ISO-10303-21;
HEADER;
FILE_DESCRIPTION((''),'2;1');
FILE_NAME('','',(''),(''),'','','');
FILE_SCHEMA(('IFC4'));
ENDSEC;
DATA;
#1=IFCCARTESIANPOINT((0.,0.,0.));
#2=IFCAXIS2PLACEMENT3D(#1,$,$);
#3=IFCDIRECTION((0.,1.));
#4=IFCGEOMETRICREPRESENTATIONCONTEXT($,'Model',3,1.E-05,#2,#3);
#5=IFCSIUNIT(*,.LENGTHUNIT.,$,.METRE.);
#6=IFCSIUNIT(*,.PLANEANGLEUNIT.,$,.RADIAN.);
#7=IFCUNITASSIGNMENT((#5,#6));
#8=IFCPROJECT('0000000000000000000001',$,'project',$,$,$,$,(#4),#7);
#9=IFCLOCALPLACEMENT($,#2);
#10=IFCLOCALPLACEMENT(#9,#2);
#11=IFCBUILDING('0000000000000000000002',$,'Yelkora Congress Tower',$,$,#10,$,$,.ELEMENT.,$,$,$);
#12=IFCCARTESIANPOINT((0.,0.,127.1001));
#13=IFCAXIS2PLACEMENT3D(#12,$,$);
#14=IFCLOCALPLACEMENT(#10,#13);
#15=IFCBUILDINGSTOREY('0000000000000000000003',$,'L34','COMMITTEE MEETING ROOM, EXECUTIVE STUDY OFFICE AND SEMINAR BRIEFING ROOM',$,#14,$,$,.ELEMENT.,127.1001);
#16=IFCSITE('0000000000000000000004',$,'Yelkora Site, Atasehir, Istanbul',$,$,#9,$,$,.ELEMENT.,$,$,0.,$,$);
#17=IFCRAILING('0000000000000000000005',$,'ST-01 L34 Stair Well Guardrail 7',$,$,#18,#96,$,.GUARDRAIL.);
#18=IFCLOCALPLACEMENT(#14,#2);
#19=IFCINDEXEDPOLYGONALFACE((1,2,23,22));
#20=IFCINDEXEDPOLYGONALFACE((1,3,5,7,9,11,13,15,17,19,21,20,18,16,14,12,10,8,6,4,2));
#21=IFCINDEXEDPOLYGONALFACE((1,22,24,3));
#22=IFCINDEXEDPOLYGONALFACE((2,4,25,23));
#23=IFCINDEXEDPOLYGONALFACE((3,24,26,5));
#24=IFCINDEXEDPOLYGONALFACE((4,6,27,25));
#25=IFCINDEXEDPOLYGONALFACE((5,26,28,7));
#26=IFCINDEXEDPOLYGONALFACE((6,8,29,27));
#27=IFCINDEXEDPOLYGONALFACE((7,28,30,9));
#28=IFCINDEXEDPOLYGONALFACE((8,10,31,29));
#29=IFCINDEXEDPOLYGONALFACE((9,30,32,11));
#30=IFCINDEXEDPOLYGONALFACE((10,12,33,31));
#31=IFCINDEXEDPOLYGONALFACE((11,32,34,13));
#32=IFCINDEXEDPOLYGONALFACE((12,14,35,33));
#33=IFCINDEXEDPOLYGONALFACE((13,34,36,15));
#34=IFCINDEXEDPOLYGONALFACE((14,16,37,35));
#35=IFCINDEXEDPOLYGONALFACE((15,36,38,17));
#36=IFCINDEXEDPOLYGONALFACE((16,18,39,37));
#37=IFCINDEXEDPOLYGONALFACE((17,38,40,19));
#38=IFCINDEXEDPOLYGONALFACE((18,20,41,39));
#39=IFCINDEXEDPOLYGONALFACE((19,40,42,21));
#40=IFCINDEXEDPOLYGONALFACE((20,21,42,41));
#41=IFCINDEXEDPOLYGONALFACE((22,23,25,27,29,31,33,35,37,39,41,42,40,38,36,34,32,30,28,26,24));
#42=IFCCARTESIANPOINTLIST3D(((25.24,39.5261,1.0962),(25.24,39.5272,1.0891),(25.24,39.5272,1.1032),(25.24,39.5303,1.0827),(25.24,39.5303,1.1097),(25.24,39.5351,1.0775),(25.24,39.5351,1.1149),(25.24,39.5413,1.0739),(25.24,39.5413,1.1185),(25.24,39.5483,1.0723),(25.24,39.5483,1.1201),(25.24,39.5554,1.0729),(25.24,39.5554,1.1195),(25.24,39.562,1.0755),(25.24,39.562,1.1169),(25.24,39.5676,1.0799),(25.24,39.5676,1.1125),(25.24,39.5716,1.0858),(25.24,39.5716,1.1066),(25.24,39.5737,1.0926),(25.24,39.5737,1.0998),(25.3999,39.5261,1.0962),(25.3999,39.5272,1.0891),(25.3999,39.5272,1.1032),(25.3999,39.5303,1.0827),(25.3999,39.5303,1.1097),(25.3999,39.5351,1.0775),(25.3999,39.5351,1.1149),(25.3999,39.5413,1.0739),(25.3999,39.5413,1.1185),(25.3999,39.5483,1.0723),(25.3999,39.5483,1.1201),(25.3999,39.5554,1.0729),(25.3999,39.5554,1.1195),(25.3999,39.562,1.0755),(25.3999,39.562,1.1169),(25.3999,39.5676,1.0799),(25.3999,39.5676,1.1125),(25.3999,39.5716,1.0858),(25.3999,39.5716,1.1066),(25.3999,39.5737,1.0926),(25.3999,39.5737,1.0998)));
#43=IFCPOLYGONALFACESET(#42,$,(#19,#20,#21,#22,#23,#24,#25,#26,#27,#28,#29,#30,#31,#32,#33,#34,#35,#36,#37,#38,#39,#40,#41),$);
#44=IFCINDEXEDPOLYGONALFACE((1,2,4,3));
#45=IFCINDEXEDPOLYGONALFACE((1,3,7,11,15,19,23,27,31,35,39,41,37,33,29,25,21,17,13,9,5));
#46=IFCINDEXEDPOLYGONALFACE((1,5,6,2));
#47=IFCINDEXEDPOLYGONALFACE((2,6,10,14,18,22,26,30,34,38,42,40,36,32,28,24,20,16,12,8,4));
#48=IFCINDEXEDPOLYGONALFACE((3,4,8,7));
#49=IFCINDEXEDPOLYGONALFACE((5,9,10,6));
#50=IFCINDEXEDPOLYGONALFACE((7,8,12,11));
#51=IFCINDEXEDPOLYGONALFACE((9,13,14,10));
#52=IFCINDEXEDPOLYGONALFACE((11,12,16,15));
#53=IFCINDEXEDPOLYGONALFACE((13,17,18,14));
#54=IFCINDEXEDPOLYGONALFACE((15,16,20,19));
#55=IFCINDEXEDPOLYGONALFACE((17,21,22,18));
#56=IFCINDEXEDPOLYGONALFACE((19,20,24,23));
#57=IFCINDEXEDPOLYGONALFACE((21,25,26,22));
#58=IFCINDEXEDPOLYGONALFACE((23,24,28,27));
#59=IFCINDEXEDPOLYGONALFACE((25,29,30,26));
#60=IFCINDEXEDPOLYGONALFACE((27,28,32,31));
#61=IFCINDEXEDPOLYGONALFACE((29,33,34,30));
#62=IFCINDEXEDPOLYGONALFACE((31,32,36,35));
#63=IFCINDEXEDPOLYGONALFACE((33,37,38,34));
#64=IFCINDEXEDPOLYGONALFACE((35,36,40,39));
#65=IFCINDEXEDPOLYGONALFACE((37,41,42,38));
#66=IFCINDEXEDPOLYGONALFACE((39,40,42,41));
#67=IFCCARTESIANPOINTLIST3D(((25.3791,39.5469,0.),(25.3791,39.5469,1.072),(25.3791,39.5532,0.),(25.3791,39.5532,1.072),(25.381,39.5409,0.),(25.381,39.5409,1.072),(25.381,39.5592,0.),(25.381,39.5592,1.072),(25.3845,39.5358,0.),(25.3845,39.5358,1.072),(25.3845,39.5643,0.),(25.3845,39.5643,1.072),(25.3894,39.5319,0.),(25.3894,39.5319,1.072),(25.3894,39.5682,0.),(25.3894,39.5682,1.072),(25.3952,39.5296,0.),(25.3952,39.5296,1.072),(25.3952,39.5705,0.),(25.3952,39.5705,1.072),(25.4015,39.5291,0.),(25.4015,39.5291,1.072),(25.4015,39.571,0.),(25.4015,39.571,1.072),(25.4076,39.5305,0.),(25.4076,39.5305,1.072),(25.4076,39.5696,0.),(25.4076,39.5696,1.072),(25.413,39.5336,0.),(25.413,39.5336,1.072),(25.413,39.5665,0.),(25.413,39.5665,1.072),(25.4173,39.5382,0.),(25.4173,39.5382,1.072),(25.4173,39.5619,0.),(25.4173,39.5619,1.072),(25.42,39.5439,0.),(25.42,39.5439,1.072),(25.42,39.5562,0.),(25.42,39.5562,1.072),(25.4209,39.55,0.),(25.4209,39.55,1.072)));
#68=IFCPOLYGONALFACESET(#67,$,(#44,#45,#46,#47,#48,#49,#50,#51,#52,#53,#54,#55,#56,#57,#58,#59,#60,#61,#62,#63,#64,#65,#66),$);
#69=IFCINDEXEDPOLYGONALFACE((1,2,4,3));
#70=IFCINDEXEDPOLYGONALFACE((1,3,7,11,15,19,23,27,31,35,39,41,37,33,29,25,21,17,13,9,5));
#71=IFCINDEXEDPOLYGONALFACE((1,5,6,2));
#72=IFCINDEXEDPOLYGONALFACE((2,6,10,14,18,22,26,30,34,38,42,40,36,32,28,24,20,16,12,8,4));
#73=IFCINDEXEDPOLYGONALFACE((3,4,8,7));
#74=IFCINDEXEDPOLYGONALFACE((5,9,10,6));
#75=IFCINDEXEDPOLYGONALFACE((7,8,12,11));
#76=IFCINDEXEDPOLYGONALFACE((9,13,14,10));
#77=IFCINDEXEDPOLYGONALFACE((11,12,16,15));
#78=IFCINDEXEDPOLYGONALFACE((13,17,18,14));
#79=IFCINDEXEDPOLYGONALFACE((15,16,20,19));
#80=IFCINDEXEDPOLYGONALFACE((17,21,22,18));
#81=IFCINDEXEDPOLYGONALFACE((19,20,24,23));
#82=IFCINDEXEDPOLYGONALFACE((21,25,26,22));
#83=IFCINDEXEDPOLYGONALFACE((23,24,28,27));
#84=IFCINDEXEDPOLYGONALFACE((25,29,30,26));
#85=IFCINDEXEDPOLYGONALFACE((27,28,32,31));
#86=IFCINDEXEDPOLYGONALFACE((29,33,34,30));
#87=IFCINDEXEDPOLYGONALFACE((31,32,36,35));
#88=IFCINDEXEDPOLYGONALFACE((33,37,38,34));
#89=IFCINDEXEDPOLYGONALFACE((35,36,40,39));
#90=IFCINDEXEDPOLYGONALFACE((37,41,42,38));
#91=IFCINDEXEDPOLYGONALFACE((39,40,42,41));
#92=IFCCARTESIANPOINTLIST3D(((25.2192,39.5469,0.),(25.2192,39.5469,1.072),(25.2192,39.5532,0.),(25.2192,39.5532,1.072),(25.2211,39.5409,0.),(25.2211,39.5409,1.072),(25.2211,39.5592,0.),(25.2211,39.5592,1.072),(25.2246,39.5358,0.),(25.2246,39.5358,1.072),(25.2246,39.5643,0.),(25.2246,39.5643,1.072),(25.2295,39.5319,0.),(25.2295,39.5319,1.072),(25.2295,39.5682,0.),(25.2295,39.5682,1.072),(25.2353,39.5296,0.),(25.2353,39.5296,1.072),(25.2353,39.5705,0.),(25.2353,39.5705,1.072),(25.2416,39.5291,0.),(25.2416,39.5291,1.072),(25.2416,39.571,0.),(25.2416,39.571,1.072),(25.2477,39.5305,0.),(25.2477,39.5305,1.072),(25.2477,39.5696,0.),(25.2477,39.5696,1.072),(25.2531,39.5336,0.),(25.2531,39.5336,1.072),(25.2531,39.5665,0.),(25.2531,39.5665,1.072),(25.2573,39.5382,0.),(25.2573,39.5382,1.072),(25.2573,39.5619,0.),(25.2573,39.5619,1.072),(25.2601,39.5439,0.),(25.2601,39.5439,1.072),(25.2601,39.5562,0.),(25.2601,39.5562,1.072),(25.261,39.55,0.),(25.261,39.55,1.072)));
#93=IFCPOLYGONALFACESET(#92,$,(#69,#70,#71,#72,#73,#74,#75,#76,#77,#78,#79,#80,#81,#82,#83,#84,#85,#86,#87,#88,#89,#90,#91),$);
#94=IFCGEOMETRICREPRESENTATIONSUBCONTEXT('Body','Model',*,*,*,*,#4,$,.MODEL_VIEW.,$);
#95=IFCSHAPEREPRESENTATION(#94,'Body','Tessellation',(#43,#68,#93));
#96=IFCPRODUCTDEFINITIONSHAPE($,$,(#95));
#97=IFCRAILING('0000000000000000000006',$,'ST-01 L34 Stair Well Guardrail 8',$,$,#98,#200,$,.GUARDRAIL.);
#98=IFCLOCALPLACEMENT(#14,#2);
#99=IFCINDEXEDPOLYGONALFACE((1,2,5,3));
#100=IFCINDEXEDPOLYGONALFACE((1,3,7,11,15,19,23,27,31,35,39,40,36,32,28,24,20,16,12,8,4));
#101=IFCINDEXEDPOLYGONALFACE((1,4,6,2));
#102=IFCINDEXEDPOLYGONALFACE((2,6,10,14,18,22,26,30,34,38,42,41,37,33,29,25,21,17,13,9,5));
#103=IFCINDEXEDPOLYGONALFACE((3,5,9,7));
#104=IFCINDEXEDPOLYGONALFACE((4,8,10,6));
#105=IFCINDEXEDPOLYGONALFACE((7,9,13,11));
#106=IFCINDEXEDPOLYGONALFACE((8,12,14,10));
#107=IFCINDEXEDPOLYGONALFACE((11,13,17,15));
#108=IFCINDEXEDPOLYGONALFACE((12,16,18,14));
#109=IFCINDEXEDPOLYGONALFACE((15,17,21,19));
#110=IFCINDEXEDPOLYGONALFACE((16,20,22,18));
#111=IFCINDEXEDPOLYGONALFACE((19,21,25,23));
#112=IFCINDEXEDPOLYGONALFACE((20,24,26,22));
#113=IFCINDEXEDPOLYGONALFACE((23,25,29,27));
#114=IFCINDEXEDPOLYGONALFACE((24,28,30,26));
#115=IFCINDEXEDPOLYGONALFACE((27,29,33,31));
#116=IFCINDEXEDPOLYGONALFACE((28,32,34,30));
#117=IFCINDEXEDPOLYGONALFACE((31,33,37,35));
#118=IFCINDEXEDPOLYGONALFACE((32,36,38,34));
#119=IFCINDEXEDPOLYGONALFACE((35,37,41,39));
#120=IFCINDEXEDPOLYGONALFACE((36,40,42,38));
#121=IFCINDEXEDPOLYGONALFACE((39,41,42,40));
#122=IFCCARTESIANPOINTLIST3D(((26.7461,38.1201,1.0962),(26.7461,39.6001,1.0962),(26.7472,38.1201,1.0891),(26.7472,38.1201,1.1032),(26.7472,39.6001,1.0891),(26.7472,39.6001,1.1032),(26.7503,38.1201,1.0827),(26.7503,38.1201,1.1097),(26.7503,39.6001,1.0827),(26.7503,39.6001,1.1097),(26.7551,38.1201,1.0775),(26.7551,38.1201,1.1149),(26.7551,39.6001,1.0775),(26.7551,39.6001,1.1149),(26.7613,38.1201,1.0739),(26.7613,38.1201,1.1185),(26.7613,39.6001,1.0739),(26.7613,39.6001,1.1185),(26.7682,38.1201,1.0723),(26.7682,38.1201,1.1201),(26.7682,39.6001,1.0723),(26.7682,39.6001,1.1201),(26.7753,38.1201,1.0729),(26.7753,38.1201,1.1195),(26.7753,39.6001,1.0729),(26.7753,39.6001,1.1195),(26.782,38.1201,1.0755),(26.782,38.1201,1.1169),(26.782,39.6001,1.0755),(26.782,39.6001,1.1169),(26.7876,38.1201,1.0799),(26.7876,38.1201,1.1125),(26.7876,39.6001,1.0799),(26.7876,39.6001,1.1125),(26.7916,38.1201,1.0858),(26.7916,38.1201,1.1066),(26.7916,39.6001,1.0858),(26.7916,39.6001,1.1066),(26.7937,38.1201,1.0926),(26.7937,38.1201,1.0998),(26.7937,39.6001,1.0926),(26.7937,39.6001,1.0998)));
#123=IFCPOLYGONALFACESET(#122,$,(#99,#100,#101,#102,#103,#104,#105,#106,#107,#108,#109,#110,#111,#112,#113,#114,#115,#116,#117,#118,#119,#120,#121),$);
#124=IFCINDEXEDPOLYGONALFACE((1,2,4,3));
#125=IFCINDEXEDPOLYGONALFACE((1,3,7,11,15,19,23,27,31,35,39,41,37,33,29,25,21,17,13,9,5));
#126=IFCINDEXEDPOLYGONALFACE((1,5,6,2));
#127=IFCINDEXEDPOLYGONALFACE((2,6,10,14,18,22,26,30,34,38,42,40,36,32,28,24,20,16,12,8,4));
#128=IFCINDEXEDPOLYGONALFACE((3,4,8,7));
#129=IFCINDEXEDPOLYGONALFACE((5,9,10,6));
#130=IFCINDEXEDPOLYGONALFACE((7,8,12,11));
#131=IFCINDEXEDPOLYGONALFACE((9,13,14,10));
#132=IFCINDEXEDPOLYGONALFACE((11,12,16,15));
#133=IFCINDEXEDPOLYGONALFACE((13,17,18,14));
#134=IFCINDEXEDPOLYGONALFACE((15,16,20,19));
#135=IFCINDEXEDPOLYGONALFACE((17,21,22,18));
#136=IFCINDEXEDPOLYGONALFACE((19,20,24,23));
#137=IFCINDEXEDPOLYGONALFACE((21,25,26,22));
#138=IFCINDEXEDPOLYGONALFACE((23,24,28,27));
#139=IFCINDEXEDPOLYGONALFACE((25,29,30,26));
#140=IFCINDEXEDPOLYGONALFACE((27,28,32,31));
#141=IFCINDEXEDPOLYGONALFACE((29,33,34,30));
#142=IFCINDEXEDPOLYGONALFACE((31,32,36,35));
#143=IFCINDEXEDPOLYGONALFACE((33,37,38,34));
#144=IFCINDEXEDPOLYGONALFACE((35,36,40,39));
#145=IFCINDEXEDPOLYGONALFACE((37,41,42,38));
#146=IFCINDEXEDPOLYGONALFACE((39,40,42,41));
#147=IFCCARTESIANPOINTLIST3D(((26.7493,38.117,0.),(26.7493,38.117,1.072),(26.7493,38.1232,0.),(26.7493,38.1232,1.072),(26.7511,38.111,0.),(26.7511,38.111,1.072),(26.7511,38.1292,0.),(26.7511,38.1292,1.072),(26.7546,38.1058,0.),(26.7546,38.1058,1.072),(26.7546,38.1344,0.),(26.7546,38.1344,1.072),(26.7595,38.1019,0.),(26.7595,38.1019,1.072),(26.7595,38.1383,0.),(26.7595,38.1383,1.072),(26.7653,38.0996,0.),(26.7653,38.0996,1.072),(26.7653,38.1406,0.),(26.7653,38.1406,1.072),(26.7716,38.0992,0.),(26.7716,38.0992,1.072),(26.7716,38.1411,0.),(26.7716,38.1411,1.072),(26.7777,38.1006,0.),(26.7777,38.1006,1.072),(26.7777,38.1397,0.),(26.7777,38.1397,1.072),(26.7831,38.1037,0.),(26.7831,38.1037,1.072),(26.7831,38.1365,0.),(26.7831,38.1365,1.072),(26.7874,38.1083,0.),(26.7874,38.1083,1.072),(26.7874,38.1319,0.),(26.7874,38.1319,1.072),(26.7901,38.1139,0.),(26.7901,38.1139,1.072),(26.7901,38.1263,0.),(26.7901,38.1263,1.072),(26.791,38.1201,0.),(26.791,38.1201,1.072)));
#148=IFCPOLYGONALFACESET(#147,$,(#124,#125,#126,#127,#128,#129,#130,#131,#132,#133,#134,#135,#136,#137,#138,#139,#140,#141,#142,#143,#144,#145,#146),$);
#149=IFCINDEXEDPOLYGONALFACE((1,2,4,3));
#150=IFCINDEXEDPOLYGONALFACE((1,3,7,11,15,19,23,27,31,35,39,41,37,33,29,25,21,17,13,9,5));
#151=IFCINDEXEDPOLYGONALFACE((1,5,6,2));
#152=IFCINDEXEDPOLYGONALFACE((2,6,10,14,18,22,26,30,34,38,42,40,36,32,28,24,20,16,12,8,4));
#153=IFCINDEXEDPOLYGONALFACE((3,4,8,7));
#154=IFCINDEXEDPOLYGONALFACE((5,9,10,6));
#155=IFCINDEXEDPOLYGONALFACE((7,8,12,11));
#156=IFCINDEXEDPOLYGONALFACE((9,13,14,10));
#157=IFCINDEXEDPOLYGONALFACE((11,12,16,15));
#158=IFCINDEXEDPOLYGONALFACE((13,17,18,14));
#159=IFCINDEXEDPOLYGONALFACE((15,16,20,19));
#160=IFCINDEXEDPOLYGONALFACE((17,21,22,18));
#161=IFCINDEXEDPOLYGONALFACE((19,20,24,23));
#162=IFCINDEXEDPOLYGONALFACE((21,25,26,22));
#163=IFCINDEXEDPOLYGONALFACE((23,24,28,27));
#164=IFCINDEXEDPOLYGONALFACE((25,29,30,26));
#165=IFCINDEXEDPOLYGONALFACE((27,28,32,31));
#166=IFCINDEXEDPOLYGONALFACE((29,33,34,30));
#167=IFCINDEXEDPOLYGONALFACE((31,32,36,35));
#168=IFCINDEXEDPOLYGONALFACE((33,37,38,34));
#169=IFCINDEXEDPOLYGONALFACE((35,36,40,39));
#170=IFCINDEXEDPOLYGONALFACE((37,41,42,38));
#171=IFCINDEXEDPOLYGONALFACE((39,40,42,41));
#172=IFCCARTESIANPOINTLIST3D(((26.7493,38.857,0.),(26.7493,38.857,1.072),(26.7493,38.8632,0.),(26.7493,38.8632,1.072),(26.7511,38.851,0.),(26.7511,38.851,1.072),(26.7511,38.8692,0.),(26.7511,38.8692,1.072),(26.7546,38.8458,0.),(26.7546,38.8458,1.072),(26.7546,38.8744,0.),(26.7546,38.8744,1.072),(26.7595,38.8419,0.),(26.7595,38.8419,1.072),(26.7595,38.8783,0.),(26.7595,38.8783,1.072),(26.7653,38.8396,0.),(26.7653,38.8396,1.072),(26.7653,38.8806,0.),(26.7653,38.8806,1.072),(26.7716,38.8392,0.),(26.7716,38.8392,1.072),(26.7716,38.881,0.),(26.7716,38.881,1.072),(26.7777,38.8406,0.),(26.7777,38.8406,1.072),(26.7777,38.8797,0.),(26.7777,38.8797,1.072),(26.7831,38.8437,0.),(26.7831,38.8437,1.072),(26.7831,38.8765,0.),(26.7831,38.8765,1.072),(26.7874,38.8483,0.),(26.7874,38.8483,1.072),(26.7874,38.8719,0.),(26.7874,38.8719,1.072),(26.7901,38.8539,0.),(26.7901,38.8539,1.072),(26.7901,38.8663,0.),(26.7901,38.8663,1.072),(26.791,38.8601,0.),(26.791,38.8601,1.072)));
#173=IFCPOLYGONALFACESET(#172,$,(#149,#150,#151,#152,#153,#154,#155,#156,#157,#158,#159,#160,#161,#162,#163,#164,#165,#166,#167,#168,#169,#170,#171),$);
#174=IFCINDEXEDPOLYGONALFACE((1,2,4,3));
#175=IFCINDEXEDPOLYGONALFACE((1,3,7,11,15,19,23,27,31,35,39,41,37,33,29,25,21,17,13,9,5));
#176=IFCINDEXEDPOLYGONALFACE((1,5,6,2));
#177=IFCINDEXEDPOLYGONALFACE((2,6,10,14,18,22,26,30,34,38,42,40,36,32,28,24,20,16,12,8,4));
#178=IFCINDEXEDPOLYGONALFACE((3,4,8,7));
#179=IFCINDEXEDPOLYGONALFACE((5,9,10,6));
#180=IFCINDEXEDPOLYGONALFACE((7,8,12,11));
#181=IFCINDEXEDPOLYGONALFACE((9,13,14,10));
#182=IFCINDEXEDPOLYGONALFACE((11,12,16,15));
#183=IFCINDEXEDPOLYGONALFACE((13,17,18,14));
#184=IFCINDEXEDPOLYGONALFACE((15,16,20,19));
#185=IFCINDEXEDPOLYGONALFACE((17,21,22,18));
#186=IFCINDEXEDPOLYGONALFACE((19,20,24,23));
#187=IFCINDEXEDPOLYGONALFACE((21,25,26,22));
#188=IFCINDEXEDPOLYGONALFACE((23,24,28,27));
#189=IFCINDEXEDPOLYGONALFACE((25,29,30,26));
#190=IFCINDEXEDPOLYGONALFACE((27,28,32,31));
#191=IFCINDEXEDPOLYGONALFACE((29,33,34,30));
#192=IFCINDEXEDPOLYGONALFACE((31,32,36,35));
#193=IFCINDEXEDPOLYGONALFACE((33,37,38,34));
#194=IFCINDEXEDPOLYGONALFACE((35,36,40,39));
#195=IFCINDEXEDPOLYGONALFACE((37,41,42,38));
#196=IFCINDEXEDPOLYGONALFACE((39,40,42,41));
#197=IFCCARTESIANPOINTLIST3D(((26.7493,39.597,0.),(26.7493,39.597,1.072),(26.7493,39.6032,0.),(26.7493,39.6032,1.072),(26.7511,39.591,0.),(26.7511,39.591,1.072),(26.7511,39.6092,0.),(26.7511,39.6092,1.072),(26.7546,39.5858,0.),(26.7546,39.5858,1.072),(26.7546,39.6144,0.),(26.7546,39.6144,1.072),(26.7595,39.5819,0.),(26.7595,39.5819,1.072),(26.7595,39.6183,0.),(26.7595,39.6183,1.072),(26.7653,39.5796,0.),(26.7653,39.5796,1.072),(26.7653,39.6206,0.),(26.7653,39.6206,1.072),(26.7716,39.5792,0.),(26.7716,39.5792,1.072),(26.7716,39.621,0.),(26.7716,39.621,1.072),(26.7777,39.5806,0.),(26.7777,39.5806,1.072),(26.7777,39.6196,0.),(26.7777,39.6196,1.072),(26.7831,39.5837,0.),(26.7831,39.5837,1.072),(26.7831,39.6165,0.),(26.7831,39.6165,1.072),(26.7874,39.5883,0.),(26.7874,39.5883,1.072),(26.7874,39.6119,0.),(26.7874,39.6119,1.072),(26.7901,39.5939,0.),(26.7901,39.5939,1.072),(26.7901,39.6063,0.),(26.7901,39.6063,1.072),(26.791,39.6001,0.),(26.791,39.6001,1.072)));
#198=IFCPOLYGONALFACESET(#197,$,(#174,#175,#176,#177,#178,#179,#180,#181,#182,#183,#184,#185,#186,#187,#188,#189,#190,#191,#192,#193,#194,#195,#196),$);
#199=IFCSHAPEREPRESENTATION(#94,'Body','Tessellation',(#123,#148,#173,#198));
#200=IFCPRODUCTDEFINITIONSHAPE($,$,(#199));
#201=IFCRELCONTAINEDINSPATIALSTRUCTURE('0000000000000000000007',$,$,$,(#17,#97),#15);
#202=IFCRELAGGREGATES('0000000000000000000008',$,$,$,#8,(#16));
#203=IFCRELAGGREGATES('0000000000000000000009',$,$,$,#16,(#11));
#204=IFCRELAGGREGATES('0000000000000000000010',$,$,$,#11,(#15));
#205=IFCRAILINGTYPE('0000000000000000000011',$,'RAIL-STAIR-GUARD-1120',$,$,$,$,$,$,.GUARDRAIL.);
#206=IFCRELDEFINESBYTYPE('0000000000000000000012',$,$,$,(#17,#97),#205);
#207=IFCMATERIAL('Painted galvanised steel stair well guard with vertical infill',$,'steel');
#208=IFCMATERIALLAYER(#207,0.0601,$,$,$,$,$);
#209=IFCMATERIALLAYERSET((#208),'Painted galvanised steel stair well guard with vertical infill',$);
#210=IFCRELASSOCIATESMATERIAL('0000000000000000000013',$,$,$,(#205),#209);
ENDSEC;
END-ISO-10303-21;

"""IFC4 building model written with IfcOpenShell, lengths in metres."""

from ifc_helpers import new_model, si_unit, direction, frame, origin, origin_2d, place, context, subcontext, project, spatial, circle, extrude, material, layer, layer_set, type_object, element, save


model = new_model("IFC4")

# Units and contexts
model_context = context("Model", 3, precision=1e-05, world=origin(), true_north=direction((0.0, 1.0)))
body_context = subcontext(model_context, "Body", "Model", "MODEL_VIEW")
ifc_project = project(units=[si_unit("LENGTHUNIT", "METRE"), si_unit("PLANEANGLEUNIT", "RADIAN")], contexts=[model_context])

# Site, building, storey
site_placement = place(None, origin())
site = spatial("IfcSite", under=ifc_project, at=site_placement, Name="Yelkora Site, Atasehir, Istanbul", CompositionType="ELEMENT", RefElevation=0.0)
building_placement = place(site_placement, origin())
building = spatial("IfcBuilding", under=site, at=building_placement, Name="Yelkora Congress Tower", CompositionType="ELEMENT")
storey_placement = place(building_placement, frame((0.0, 0.0, 127.1001)))
storey = spatial("IfcBuildingStorey", under=building, at=storey_placement, Name="L34", Description="COMMITTEE MEETING ROOM, EXECUTIVE STUDY OFFICE AND SEMINAR BRIEFING ROOM", CompositionType="ELEMENT", Elevation=127.1001)

# Railings
ifc_material_1 = material(Name="Painted galvanised steel stair well guard with vertical infill", Category="steel")
ifc_layer_1 = layer(ifc_material_1, 0.0601)
ifc_layer_set_1 = layer_set([ifc_layer_1], Name="Painted galvanised steel stair well guard with vertical infill")
railing_type_1 = type_object("IfcRailingType", Name="RAIL-STAIR-GUARD-1120", PredefinedType="GUARDRAIL", material=ifc_layer_set_1)
railing_1_placement = place(storey_placement, frame((25.3999, 39.55, 0.0)))
element("IfcRailing", 1, at=railing_1_placement, inside=storey, type_object=railing_type_1, Name="ST-01 L34 Stair Well Guardrail 7", PredefinedType="GUARDRAIL", context=body_context, shape_type="SweptSolid", body=[
    extrude(circle(Radius=0.0239, at=origin_2d()), frame((0.0, 0.0, 1.0962), z_axis=(-1.0, 0.0, 0.0), x_axis=(0.0, -1.0, 0.0)), (0.0, 0.0, 1.0), 0.1599),
    extrude(circle(Radius=0.021, at=origin_2d()), origin(), (0.0, 0.0, 1.0), 1.072),
    extrude(circle(Radius=0.021, at=origin_2d()), frame((-0.1599, 0.0, 0.0)), (0.0, 0.0, 1.0), 1.072),
])
railing_2_placement = place(storey_placement, frame((26.77, 38.1201, 0.0)))
element("IfcRailing", 2, at=railing_2_placement, inside=storey, type_object=railing_type_1, Name="ST-01 L34 Stair Well Guardrail 8", PredefinedType="GUARDRAIL", context=body_context, shape_type="SweptSolid", body=[
    extrude(circle(Radius=0.0239, at=origin_2d()), frame((0.0, 0.0, 1.0962), z_axis=(0.0, 1.0, 0.0), x_axis=(-1.0, 0.0, 0.0)), (0.0, 0.0, 1.0), 1.48),
    extrude(circle(Radius=0.021, at=origin_2d()), origin(), (0.0, 0.0, 1.0), 1.072),
    extrude(circle(Radius=0.021, at=origin_2d()), frame((0.0, 0.74, 0.0)), (0.0, 0.0, 1.0), 1.072),
    extrude(circle(Radius=0.021, at=origin_2d()), frame((0.0, 1.48, 0.0)), (0.0, 0.0, 1.0), 1.072),
])

save(model, "model.ifc")
